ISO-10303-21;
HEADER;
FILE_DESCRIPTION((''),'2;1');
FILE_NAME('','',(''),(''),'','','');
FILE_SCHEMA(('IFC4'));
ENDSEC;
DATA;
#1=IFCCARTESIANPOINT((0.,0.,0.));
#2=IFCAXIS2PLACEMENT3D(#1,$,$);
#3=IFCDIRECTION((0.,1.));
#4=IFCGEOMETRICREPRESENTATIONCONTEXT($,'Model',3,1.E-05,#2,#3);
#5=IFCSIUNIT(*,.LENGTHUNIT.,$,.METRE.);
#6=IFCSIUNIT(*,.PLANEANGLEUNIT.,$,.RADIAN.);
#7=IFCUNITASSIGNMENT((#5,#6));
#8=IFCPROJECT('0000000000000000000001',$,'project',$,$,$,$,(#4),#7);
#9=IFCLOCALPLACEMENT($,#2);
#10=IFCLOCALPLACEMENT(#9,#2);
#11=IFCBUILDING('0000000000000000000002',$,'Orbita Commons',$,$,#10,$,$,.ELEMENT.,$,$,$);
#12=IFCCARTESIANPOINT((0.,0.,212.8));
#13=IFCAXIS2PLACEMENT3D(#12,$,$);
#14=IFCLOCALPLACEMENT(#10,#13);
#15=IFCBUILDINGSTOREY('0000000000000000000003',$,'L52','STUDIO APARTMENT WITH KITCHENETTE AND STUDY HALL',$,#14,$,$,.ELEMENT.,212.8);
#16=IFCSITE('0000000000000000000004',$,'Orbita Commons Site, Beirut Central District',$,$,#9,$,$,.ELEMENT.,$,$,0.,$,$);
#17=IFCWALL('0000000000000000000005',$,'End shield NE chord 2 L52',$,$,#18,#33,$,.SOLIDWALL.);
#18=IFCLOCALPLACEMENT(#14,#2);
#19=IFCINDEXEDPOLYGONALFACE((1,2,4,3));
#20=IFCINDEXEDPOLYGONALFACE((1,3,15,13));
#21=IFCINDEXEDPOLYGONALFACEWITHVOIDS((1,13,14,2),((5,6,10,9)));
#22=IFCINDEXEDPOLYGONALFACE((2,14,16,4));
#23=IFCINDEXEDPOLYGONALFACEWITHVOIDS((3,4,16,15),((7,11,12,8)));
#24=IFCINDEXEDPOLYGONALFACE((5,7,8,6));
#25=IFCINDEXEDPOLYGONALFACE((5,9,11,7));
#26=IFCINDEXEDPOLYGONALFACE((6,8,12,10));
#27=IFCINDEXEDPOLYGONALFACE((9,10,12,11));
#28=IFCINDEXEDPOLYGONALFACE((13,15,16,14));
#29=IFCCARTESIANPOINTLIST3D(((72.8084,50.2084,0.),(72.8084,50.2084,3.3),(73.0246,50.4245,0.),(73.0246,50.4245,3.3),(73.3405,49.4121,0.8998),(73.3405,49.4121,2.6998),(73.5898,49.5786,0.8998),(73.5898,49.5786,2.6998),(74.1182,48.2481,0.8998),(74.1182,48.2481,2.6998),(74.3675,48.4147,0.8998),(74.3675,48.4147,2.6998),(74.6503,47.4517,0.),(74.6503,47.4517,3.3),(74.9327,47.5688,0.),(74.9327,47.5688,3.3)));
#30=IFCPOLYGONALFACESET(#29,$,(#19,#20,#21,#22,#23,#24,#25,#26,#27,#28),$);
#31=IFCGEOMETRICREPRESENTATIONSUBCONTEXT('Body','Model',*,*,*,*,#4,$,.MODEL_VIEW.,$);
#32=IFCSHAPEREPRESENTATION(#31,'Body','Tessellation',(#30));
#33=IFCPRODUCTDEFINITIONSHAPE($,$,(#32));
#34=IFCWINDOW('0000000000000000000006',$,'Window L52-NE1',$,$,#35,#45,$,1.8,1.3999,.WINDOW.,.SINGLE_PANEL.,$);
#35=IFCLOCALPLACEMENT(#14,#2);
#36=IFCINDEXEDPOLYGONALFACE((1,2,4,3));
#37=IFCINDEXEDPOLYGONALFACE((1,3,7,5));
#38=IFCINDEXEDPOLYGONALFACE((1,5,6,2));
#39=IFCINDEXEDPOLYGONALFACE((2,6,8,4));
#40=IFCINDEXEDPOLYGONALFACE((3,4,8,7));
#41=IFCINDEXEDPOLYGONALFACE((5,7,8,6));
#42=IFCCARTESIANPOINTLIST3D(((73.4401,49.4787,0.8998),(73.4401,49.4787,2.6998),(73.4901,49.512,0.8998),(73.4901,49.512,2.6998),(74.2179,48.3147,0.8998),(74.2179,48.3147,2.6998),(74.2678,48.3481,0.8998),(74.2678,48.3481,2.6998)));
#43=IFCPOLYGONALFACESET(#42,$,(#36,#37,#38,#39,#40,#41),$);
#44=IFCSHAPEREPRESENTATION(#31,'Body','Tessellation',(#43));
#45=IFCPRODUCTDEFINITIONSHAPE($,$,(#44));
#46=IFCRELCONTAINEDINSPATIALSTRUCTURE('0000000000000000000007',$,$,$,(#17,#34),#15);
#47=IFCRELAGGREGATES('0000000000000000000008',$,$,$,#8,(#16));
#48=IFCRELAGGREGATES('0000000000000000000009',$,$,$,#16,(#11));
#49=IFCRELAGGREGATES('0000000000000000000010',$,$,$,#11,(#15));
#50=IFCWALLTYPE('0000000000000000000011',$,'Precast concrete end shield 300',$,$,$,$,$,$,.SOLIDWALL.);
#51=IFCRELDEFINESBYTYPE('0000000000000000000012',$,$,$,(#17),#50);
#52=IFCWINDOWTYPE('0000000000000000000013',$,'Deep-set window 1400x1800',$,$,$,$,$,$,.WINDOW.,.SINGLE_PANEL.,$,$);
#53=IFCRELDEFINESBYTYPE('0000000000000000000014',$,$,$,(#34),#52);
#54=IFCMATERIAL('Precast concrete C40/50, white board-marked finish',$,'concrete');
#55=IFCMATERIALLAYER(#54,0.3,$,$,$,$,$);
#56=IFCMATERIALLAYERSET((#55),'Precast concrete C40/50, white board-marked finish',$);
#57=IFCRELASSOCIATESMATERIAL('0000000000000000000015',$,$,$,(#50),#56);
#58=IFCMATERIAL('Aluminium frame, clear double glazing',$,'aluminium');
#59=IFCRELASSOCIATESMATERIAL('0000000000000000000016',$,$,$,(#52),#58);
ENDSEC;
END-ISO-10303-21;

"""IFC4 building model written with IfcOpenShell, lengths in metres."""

from ifc_helpers import new_model, si_unit, direction, frame, frame_2d, origin, place, context, subcontext, project, spatial, polyline, rectangle, outline, extrude, material, layer, layer_set, type_object, element, fill, save


model = new_model("IFC4")

# Units and contexts
model_context = context("Model", 3, precision=1e-05, world=origin(), true_north=direction((0.0, 1.0)))
body_context = subcontext(model_context, "Body", "Model", "MODEL_VIEW")
ifc_project = project(units=[si_unit("LENGTHUNIT", "METRE"), si_unit("PLANEANGLEUNIT", "RADIAN")], contexts=[model_context])

# Site, building, storey
site_placement = place(None, origin())
site = spatial("IfcSite", under=ifc_project, at=site_placement, Name="Orbita Commons Site, Beirut Central District", CompositionType="ELEMENT", RefElevation=0.0)
building_placement = place(site_placement, origin())
building = spatial("IfcBuilding", under=site, at=building_placement, Name="Orbita Commons", CompositionType="ELEMENT")
storey_placement = place(building_placement, frame((0.0, 0.0, 212.8)))
storey = spatial("IfcBuildingStorey", under=building, at=storey_placement, Name="L52", Description="STUDIO APARTMENT WITH KITCHENETTE AND STUDY HALL", CompositionType="ELEMENT", Elevation=212.8)

# Wall, opening, window
ifc_material_1 = material(Name="Precast concrete C40/50, white board-marked finish", Category="concrete")
ifc_layer_1 = layer(ifc_material_1, 0.3)
ifc_layer_set_1 = layer_set([ifc_layer_1], Name="Precast concrete C40/50, white board-marked finish")
wall_type_1 = type_object("IfcWallType", Name="Precast concrete end shield 300", PredefinedType="SOLIDWALL", material=ifc_layer_set_1)
ifc_material_2 = material(Name="Aluminium frame, clear double glazing", Category="aluminium")
window_type = type_object("IfcWindowType", Name="Deep-set window 1400x1800", PartitioningType="SINGLE_PANEL", PredefinedType="WINDOW", material=ifc_material_2)
wall_1_placement = place(storey_placement, frame((74.7915, 47.5103, 0.0), z_axis=(0.0, 0.0, 1.0), x_axis=(-0.555568, 0.831471, 0.0)))
wall_1 = element("IfcWall", 1, at=wall_1_placement, inside=storey, type_object=wall_type_1, Name="End shield NE chord 2 L52", PredefinedType="SOLIDWALL", context=body_context, shape_type="SweptSolid", body=[
    extrude(outline(polyline([(-0.0298, -0.1499), (3.4048, -0.1499), (3.3452, 0.1499), (0.0298, 0.1499), (-0.0298, -0.1499)])), origin(), (0.0, 0.0, 1.0), 3.3),
])
opening_1_placement = place(wall_1_placement, frame((0.9875, 0.0, 0.8999)))
opening_1 = element("IfcOpeningElement", 2, at=opening_1_placement, cuts=wall_1, PredefinedType="OPENING", context=body_context, shape_type="SweptSolid", body=[
    extrude(rectangle(XDim=1.3999, YDim=1.8, at=frame_2d((0.7, 0.8999))), frame((0.0, 0.1599, 0.0), z_axis=(0.0, -1.0, 0.0), x_axis=(1.0, 0.0, 0.0)), (0.0, 0.0, 1.0), 0.3201),
])
window_1_placement = place(opening_1_placement, origin())
window_1 = element("IfcWindow", 3, at=window_1_placement, inside=storey, type_object=window_type, Name="Window L52-NE1", OverallHeight=1.8, OverallWidth=1.3999, PartitioningType="SINGLE_PANEL", PredefinedType="WINDOW", context=body_context, shape_type="SweptSolid", body=[
    extrude(rectangle(XDim=1.3999, YDim=1.8, at=frame_2d((0.7, 0.8999))), frame((0.0, 0.03, 0.0), z_axis=(0.0, -1.0, 0.0), x_axis=(1.0, 0.0, 0.0)), (0.0, 0.0, 1.0), 0.0601),
])
fill(opening_1, window_1)

save(model, "model.ifc")
